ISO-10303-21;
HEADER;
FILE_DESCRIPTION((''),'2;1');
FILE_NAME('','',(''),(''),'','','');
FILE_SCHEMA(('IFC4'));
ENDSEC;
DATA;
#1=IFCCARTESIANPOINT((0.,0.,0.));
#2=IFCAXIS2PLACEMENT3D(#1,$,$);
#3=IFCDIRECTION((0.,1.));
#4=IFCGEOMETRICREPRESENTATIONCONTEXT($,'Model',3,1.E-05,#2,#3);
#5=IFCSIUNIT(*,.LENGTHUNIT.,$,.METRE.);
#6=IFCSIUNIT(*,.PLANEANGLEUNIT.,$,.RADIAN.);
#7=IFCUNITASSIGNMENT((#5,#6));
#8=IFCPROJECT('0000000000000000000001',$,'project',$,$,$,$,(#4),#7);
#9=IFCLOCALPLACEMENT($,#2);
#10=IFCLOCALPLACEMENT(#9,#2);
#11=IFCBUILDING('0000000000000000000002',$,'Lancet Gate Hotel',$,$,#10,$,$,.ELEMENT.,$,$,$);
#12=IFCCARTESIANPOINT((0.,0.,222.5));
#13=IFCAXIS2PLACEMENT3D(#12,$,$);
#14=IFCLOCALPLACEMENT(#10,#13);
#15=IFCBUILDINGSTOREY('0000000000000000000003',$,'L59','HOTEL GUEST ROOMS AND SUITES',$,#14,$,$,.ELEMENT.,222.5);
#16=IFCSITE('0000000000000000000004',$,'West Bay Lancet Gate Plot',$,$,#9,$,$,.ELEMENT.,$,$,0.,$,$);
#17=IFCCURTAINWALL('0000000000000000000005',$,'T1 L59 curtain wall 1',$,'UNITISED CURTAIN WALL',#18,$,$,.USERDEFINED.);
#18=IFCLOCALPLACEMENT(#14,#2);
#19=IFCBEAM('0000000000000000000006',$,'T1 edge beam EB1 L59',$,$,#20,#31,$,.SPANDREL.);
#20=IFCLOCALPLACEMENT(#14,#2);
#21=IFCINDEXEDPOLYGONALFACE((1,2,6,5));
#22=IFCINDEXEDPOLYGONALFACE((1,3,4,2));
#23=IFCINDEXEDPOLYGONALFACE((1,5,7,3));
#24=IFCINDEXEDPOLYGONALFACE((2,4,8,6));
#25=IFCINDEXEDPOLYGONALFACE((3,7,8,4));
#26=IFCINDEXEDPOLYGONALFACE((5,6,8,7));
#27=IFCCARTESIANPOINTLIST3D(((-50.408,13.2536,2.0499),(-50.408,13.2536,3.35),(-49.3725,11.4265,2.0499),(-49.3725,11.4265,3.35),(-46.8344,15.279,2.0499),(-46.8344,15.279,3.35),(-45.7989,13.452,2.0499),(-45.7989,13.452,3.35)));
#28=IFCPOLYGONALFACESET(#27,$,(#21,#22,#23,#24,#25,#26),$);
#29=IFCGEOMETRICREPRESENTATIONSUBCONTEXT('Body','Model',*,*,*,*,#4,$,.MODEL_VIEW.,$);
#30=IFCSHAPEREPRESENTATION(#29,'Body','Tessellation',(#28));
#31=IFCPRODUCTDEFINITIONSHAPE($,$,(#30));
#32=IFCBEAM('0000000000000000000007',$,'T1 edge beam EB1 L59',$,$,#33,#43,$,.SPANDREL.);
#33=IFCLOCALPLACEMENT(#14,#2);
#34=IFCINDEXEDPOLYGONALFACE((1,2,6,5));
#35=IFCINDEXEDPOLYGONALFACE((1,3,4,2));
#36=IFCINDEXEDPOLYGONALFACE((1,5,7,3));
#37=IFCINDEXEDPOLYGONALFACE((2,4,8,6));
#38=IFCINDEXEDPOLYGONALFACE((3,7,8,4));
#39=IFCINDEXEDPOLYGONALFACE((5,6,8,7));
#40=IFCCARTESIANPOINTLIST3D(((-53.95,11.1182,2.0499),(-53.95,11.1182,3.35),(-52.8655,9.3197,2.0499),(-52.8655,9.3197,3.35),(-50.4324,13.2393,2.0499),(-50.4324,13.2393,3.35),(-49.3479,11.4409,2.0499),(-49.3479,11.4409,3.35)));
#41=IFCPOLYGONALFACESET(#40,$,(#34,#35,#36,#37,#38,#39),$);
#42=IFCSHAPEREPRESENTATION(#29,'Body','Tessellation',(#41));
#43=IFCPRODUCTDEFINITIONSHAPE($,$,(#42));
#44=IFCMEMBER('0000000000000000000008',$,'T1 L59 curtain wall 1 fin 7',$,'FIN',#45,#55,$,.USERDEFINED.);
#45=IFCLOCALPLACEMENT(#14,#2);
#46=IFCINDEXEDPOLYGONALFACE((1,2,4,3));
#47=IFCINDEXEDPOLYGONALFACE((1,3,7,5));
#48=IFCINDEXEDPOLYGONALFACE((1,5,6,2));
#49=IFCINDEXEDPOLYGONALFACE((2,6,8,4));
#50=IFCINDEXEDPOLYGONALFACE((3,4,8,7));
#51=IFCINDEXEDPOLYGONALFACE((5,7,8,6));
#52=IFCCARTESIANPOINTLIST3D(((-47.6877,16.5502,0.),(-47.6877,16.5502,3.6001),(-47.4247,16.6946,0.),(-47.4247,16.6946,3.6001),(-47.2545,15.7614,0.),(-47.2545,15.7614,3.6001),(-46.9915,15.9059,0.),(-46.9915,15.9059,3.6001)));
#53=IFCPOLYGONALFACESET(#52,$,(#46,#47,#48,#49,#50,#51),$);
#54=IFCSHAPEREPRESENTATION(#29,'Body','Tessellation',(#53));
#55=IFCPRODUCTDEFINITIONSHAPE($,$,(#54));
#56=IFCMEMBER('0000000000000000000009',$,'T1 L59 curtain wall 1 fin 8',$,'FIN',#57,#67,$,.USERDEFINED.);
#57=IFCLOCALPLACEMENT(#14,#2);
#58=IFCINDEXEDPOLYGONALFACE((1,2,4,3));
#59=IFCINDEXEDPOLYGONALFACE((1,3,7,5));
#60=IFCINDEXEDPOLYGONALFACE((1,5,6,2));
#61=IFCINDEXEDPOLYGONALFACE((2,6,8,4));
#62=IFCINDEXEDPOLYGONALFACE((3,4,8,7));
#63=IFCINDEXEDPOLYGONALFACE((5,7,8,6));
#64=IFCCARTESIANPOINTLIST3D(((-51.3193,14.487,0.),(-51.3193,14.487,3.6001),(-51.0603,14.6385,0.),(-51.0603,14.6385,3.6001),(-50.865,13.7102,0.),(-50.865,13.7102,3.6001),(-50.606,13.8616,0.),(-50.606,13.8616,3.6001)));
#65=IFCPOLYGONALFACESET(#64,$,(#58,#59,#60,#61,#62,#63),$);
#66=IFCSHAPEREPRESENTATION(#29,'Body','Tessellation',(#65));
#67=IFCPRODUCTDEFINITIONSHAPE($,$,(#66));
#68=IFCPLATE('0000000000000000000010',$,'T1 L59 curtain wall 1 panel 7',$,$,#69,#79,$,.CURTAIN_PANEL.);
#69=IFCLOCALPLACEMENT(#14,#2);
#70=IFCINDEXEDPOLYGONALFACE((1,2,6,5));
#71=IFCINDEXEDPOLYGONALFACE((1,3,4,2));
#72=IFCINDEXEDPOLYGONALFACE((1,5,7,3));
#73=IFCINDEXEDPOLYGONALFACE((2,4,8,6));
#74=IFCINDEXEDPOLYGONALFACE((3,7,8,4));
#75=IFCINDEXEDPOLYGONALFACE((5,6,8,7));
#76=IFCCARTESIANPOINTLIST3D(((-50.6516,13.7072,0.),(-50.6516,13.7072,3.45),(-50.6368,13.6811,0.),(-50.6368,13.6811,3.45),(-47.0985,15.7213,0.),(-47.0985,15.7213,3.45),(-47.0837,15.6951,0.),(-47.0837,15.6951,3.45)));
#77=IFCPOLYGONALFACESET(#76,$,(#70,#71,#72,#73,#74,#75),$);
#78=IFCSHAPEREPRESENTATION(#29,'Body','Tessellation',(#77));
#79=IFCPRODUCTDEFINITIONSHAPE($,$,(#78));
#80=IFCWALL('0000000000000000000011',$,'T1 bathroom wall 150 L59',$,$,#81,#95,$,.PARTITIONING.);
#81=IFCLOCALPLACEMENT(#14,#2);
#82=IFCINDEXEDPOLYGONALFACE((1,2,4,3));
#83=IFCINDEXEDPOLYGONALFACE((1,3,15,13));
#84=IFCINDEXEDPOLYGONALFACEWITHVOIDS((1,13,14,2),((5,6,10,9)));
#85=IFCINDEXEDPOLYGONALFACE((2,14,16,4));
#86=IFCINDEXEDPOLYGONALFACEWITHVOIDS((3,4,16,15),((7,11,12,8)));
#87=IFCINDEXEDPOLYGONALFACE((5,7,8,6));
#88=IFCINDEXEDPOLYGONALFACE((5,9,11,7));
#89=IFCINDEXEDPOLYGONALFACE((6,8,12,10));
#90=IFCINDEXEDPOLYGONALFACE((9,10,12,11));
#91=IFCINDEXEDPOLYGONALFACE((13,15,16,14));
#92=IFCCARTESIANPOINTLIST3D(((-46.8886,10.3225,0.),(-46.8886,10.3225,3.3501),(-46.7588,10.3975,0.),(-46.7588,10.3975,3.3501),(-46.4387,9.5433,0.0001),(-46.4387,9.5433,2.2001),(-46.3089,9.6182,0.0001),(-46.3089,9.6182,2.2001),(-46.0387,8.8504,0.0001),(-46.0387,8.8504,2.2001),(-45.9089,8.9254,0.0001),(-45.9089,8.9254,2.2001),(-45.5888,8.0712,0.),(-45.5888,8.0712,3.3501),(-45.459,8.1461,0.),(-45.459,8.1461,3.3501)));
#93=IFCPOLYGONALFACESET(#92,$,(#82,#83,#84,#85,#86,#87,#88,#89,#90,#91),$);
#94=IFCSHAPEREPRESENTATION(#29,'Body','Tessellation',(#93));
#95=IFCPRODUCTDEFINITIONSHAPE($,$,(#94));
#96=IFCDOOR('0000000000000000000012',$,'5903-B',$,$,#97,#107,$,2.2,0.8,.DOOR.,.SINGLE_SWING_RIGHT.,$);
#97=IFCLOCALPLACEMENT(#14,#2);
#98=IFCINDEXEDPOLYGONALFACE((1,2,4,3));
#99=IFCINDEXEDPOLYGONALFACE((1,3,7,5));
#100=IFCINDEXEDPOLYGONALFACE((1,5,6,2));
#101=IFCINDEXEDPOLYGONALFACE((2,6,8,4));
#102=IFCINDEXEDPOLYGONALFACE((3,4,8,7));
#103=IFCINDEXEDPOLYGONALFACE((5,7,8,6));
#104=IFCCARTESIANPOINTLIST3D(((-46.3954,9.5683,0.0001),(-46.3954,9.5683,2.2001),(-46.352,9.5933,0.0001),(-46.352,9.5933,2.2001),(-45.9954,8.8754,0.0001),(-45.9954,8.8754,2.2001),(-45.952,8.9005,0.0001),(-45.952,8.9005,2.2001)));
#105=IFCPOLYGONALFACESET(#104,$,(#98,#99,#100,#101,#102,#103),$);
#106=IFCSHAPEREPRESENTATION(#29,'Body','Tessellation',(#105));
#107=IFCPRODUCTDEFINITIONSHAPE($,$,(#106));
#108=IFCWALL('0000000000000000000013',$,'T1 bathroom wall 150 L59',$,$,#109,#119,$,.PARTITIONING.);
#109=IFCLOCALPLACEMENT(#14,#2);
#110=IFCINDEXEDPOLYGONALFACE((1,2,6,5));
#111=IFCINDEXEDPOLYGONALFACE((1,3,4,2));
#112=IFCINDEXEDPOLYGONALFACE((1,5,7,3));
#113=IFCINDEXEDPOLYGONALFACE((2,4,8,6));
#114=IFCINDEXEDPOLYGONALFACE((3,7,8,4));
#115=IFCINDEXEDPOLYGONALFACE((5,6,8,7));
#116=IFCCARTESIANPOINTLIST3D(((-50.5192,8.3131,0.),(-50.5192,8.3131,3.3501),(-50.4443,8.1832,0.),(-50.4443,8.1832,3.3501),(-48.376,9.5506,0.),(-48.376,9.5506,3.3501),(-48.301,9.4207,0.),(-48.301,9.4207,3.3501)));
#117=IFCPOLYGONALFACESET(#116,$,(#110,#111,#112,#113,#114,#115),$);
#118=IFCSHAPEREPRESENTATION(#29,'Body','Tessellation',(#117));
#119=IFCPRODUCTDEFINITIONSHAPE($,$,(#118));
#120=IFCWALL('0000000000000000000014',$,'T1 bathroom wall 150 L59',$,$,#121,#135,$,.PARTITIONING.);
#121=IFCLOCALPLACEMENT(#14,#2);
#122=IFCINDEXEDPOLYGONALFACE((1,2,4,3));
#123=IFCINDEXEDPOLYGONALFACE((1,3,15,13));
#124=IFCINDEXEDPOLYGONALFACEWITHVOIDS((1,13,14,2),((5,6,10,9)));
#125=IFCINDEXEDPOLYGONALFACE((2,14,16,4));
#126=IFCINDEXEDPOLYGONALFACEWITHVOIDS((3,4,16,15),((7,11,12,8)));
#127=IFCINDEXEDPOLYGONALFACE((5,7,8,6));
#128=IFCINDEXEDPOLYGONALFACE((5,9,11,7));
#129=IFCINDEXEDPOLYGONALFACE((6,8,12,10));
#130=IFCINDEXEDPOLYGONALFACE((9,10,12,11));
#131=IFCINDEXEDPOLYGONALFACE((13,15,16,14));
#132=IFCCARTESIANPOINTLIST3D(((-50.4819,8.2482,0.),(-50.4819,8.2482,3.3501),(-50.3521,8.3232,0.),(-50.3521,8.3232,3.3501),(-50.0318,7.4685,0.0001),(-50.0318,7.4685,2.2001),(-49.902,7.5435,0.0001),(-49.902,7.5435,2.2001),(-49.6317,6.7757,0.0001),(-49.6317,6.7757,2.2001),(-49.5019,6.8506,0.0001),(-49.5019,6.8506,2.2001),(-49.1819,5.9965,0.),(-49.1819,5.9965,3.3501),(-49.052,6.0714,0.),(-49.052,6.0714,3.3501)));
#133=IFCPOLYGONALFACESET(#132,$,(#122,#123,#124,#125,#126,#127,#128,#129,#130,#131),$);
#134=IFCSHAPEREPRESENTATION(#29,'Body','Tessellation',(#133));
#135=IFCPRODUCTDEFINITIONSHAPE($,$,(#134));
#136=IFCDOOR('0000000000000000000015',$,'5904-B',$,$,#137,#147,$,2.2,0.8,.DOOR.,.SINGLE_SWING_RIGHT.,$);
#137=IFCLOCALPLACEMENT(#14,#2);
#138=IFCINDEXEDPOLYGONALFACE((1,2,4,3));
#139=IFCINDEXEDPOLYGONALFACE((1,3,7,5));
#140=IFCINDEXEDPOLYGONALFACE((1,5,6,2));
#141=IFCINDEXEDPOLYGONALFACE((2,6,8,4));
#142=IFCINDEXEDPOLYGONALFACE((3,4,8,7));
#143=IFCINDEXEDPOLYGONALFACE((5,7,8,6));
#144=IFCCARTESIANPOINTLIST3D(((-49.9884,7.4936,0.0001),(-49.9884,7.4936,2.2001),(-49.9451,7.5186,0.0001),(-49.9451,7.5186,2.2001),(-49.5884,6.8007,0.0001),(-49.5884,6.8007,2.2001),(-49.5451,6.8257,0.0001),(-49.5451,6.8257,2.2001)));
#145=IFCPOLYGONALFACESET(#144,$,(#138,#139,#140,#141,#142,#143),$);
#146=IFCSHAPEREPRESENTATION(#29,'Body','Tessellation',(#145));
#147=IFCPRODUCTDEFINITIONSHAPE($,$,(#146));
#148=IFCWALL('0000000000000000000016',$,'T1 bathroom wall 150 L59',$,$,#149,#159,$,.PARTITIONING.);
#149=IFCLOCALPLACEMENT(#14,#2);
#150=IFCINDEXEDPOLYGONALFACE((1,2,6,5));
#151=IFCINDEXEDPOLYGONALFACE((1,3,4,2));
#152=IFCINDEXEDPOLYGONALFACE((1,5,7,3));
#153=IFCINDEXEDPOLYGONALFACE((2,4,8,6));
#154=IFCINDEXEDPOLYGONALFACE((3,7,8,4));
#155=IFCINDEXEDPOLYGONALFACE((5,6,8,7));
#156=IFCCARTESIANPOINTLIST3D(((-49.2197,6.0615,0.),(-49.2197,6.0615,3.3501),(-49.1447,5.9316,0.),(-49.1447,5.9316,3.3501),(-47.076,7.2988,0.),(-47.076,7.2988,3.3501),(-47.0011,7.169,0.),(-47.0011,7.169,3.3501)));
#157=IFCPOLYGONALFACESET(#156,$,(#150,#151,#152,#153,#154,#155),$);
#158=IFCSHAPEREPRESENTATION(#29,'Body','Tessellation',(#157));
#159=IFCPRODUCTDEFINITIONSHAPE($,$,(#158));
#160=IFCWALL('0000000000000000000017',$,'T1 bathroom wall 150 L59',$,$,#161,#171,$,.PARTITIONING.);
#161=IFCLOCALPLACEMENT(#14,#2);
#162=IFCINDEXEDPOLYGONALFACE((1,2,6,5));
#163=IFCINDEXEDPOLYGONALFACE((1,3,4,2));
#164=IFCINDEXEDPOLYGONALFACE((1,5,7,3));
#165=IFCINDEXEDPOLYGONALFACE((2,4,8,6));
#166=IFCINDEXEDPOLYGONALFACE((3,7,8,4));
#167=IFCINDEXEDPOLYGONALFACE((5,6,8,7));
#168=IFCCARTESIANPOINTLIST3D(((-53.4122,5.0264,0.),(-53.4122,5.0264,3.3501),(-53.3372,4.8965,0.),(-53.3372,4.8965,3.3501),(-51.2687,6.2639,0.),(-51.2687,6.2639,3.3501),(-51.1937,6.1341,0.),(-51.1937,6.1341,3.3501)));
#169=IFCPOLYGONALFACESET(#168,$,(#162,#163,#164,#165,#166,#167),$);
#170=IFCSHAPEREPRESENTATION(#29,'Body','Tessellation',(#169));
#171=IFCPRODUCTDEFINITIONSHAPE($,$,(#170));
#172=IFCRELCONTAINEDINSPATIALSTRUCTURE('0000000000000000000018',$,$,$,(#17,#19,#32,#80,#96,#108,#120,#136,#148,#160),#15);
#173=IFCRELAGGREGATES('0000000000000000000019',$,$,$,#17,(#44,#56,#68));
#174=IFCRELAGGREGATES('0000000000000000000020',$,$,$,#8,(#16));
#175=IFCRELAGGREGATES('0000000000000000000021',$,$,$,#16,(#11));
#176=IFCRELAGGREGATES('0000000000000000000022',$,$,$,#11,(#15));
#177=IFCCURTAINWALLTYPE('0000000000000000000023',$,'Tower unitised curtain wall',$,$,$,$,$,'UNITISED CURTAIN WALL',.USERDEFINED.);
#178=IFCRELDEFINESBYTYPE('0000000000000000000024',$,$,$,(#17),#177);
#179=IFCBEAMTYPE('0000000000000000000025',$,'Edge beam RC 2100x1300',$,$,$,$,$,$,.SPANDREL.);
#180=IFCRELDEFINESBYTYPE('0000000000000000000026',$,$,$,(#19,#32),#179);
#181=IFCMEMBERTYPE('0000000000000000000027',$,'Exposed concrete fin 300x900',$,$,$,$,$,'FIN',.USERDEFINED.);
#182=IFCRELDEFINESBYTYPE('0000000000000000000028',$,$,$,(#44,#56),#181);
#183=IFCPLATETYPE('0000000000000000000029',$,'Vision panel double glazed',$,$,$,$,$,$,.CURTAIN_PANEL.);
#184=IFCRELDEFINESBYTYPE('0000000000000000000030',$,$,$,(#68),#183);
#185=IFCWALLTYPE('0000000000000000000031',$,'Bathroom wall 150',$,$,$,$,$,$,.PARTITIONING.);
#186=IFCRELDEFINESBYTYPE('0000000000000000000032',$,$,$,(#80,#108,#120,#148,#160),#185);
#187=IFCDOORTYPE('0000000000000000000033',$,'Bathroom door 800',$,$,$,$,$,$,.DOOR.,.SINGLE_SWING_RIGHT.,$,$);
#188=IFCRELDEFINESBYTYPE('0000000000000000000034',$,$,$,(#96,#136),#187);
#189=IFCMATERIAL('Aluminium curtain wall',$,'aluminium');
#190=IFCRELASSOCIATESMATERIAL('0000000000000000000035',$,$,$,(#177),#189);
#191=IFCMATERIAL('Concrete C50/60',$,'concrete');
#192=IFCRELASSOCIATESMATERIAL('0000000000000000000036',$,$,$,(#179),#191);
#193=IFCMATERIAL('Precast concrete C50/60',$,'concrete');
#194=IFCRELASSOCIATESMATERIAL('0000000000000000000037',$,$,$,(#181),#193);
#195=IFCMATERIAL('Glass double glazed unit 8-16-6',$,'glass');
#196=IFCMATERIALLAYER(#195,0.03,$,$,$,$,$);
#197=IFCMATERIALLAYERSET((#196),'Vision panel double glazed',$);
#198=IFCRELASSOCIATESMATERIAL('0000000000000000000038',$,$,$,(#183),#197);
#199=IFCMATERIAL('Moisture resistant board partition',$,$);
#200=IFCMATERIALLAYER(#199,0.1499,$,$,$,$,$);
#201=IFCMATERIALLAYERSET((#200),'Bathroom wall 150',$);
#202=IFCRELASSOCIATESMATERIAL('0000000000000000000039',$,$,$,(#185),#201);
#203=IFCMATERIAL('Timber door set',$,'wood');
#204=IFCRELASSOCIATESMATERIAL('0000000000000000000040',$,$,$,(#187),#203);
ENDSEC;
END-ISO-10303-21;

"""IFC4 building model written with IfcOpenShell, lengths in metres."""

from ifc_helpers import new_model, si_unit, direction, frame, frame_2d, origin, origin_2d, place, context, subcontext, project, spatial, rectangle, extrude, material, layer, layer_set, material_profile, profile_set, type_object, element, fill, aggregate, save


model = new_model("IFC4")

# Units and contexts
model_context = context("Model", 3, precision=1e-05, world=origin(), true_north=direction((0.0, 1.0)))
body_context = subcontext(model_context, "Body", "Model", "MODEL_VIEW")
ifc_project = project(units=[si_unit("LENGTHUNIT", "METRE"), si_unit("PLANEANGLEUNIT", "RADIAN")], contexts=[model_context])

# Site, building, storey
site_placement = place(None, origin())
site = spatial("IfcSite", under=ifc_project, at=site_placement, Name="West Bay Lancet Gate Plot", CompositionType="ELEMENT", RefElevation=0.0)
building_placement = place(site_placement, origin())
building = spatial("IfcBuilding", under=site, at=building_placement, Name="Lancet Gate Hotel", CompositionType="ELEMENT")
storey_placement = place(building_placement, frame((0.0, 0.0, 222.5)))
storey = spatial("IfcBuildingStorey", under=building, at=storey_placement, Name="L59", Description="HOTEL GUEST ROOMS AND SUITES", CompositionType="ELEMENT", Elevation=222.5)

# Curtain wall
ifc_material_1 = material(Name="Aluminium curtain wall", Category="aluminium")
curtain_wall_type = type_object("IfcCurtainWallType", Name="Tower unitised curtain wall", ElementType="UNITISED CURTAIN WALL", PredefinedType="USERDEFINED", material=ifc_material_1)
curtain_wall_placement = place(storey_placement, origin())
curtain_wall = element("IfcCurtainWall", 1, at=curtain_wall_placement, inside=storey, type_object=curtain_wall_type, Name="T1 L59 curtain wall 1", ObjectType="UNITISED CURTAIN WALL", PredefinedType="USERDEFINED")

# Beams
ifc_material_2 = material(Name="Concrete C50/60", Category="concrete")
ifc_material_profile_1 = material_profile(ifc_material_2, rectangle(XDim=2.1001, YDim=1.3, at=origin_2d()), Name="RC 2100x1300")
ifc_profile_set_1 = profile_set([ifc_material_profile_1], Name="Concrete C50/60")
beam_type = type_object("IfcBeamType", Name="Edge beam RC 2100x1300", PredefinedType="SPANDREL", material=ifc_profile_set_1)
for number, where, z_axis, x_axis, name in (
    (2, (-46.3167, 14.3655, 2.7), (-0.869979, -0.493089, 0.0), (0.493089, -0.869979, 0.0), "T1 edge beam EB1 L59"),
    (3, (-49.8901, 12.3401, 2.7), (-0.856358, -0.516382, 0.0), (0.516382, -0.856358, 0.0), "T1 edge beam EB1 L59"),
):
    element("IfcBeam", number, at=place(storey_placement, frame(where, z_axis=z_axis, x_axis=x_axis)), inside=storey, type_object=beam_type, Name=name, PredefinedType="SPANDREL", context=body_context, shape_type="SweptSolid", body=[
        extrude(rectangle(XDim=2.1001, YDim=1.3, at=origin_2d()), origin(), (0.0, 0.0, 1.0), 4.1077),
    ])

# Members
ifc_material_3 = material(Name="Precast concrete C50/60", Category="concrete")
ifc_material_profile_2 = material_profile(ifc_material_3, rectangle(XDim=0.3, YDim=0.8999, at=origin_2d()), Name="FIN 300x900")
ifc_profile_set_2 = profile_set([ifc_material_profile_2], Name="Precast concrete C50/60")
member_type_1 = type_object("IfcMemberType", Name="Exposed concrete fin 300x900", ElementType="FIN", PredefinedType="USERDEFINED", material=ifc_profile_set_2)
member_1_placement = place(storey_placement, frame((-47.3396, 16.228, 0.0), z_axis=(0.0, 0.0, 1.0), x_axis=(-0.876516, -0.481372, 0.0)))
member_1 = element("IfcMember", 4, at=member_1_placement, type_object=member_type_1, Name="T1 L59 curtain wall 1 fin 7", ObjectType="FIN", PredefinedType="USERDEFINED", context=body_context, shape_type="SweptSolid", body=[
    extrude(rectangle(XDim=0.3, YDim=0.8999, at=origin_2d()), origin(), (0.0, 0.0, 1.0), 3.6001),
])
member_2_placement = place(storey_placement, frame((-50.9626, 14.1743, 0.0), z_axis=(0.0, 0.0, 1.0), x_axis=(-0.863242, -0.50479, 0.0)))
member_2 = element("IfcMember", 5, at=member_2_placement, type_object=member_type_1, Name="T1 L59 curtain wall 1 fin 8", ObjectType="FIN", PredefinedType="USERDEFINED", context=body_context, shape_type="SweptSolid", body=[
    extrude(rectangle(XDim=0.3, YDim=0.8999, at=origin_2d()), origin(), (0.0, 0.0, 1.0), 3.6001),
])

# Plate
ifc_material_4 = material(Name="Glass double glazed unit 8-16-6", Category="glass")
ifc_layer_1 = layer(ifc_material_4, 0.03)
ifc_layer_set_1 = layer_set([ifc_layer_1], Name="Vision panel double glazed")
plate_type = type_object("IfcPlateType", Name="Vision panel double glazed", PredefinedType="CURTAIN_PANEL", material=ifc_layer_set_1)
plate_placement = place(storey_placement, frame((-48.8677, 14.7012, 0.0), z_axis=(0.0, 0.0, 1.0), x_axis=(-0.869958, -0.493126, 0.0)))
plate = element("IfcPlate", 6, at=plate_placement, type_object=plate_type, Name="T1 L59 curtain wall 1 panel 7", PredefinedType="CURTAIN_PANEL", context=body_context, shape_type="SweptSolid", body=[
    extrude(rectangle(XDim=4.0842, YDim=0.03, at=origin_2d()), origin(), (0.0, 0.0, 1.0), 3.45),
])
aggregate(curtain_wall, [member_1, member_2, plate])

# Wall, opening, door
ifc_material_5 = material(Name="Moisture resistant board partition")
ifc_layer_2 = layer(ifc_material_5, 0.1499)
ifc_layer_set_2 = layer_set([ifc_layer_2], Name="Bathroom wall 150")
wall_type_1 = type_object("IfcWallType", Name="Bathroom wall 150", PredefinedType="PARTITIONING", material=ifc_layer_set_2)
wall_1_placement = place(storey_placement, frame((-45.5239, 8.1086, 0.0), z_axis=(0.0, 0.0, 1.0), x_axis=(-0.499977, 0.866039, 0.0)))
wall_1 = element("IfcWall", 7, at=wall_1_placement, inside=storey, type_object=wall_type_1, Name="T1 bathroom wall 150 L59", PredefinedType="PARTITIONING", context=body_context, shape_type="SweptSolid", body=[
    extrude(rectangle(XDim=2.5996, YDim=0.1499, at=frame_2d((1.2998, 0.0))), origin(), (0.0, 0.0, 1.0), 3.3501),
])
opening_1_placement = place(wall_1_placement, frame((0.8999, 0.0, 0.0)))
opening_1 = element("IfcOpeningElement", 8, at=opening_1_placement, cuts=wall_1, PredefinedType="OPENING", context=body_context, shape_type="SweptSolid", body=[
    extrude(rectangle(XDim=0.8, YDim=2.2, at=frame_2d((0.3999, 1.1001))), frame((0.0, 0.085, 0.0), z_axis=(0.0, -1.0, 0.0), x_axis=(1.0, 0.0, 0.0)), (0.0, 0.0, 1.0), 0.1699),
])
ifc_material_6 = material(Name="Timber door set", Category="wood")
door_type = type_object("IfcDoorType", Name="Bathroom door 800", OperationType="SINGLE_SWING_RIGHT", PredefinedType="DOOR", material=ifc_material_6)
door_1_placement = place(opening_1_placement, origin())
door_1 = element("IfcDoor", 9, at=door_1_placement, inside=storey, type_object=door_type, Name="5903-B", OperationType="SINGLE_SWING_RIGHT", OverallHeight=2.2, OverallWidth=0.8, PredefinedType="DOOR", context=body_context, shape_type="SweptSolid", body=[
    extrude(rectangle(XDim=0.8, YDim=2.2, at=frame_2d((0.3999, 1.1001))), frame((0.0, 0.0249, 0.0), z_axis=(0.0, -1.0, 0.0), x_axis=(1.0, 0.0, 0.0)), (0.0, 0.0, 1.0), 0.05),
])
fill(opening_1, door_1)

# Wall
wall_2_placement = place(storey_placement, frame((-48.3386, 9.4856, 0.0), z_axis=(0.0, 0.0, 1.0), x_axis=(-0.866007, -0.500033, 0.0)))
element("IfcWall", 10, at=wall_2_placement, inside=storey, type_object=wall_type_1, Name="T1 bathroom wall 150 L59", PredefinedType="PARTITIONING", context=body_context, shape_type="SweptSolid", body=[
    extrude(rectangle(XDim=2.4749, YDim=0.1499, at=frame_2d((1.2373, 0.0))), origin(), (0.0, 0.0, 1.0), 3.3501),
])

# Wall, opening, door
wall_3_placement = place(storey_placement, frame((-49.1169, 6.0339, 0.0), z_axis=(0.0, 0.0, 1.0), x_axis=(-0.500007, 0.866021, 0.0)))
wall_3 = element("IfcWall", 11, at=wall_3_placement, inside=storey, type_object=wall_type_1, Name="T1 bathroom wall 150 L59", PredefinedType="PARTITIONING", context=body_context, shape_type="SweptSolid", body=[
    extrude(rectangle(XDim=2.6001, YDim=0.1499, at=frame_2d((1.3, 0.0))), origin(), (0.0, 0.0, 1.0), 3.3501),
])
opening_2_placement = place(wall_3_placement, frame((0.8999, 0.0, 0.0)))
opening_2 = element("IfcOpeningElement", 12, at=opening_2_placement, cuts=wall_3, PredefinedType="OPENING", context=body_context, shape_type="SweptSolid", body=[
    extrude(rectangle(XDim=0.8, YDim=2.2, at=frame_2d((0.3999, 1.1001))), frame((0.0, 0.085, 0.0), z_axis=(0.0, -1.0, 0.0), x_axis=(1.0, 0.0, 0.0)), (0.0, 0.0, 1.0), 0.1699),
])
door_2_placement = place(opening_2_placement, origin())
door_2 = element("IfcDoor", 13, at=door_2_placement, inside=storey, type_object=door_type, Name="5904-B", OperationType="SINGLE_SWING_RIGHT", OverallHeight=2.2, OverallWidth=0.8, PredefinedType="DOOR", context=body_context, shape_type="SweptSolid", body=[
    extrude(rectangle(XDim=0.8, YDim=2.2, at=frame_2d((0.3999, 1.1001))), frame((0.0, 0.0249, 0.0), z_axis=(0.0, -1.0, 0.0), x_axis=(1.0, 0.0, 0.0)), (0.0, 0.0, 1.0), 0.05),
])
fill(opening_2, door_2)

# Walls
for number, where, z_axis, x_axis, name in (
    (14, (-47.0386, 7.2339, 0.0), (0.0, 0.0, 1.0), (-0.866074, -0.499916, 0.0), "T1 bathroom wall 150 L59"),
    (15, (-51.2312, 6.199, 0.0), (0.0, 0.0, 1.0), (-0.866031, -0.49999, 0.0), "T1 bathroom wall 150 L59"),
):
    element("IfcWall", number, at=place(storey_placement, frame(where, z_axis=z_axis, x_axis=x_axis)), inside=storey, type_object=wall_type_1, Name=name, PredefinedType="PARTITIONING", context=body_context, shape_type="SweptSolid", body=[
        extrude(rectangle(XDim=2.4751, YDim=0.1499, at=frame_2d((1.2375, 0.0))), origin(), (0.0, 0.0, 1.0), 3.3501),
    ])

save(model, "model.ifc")
